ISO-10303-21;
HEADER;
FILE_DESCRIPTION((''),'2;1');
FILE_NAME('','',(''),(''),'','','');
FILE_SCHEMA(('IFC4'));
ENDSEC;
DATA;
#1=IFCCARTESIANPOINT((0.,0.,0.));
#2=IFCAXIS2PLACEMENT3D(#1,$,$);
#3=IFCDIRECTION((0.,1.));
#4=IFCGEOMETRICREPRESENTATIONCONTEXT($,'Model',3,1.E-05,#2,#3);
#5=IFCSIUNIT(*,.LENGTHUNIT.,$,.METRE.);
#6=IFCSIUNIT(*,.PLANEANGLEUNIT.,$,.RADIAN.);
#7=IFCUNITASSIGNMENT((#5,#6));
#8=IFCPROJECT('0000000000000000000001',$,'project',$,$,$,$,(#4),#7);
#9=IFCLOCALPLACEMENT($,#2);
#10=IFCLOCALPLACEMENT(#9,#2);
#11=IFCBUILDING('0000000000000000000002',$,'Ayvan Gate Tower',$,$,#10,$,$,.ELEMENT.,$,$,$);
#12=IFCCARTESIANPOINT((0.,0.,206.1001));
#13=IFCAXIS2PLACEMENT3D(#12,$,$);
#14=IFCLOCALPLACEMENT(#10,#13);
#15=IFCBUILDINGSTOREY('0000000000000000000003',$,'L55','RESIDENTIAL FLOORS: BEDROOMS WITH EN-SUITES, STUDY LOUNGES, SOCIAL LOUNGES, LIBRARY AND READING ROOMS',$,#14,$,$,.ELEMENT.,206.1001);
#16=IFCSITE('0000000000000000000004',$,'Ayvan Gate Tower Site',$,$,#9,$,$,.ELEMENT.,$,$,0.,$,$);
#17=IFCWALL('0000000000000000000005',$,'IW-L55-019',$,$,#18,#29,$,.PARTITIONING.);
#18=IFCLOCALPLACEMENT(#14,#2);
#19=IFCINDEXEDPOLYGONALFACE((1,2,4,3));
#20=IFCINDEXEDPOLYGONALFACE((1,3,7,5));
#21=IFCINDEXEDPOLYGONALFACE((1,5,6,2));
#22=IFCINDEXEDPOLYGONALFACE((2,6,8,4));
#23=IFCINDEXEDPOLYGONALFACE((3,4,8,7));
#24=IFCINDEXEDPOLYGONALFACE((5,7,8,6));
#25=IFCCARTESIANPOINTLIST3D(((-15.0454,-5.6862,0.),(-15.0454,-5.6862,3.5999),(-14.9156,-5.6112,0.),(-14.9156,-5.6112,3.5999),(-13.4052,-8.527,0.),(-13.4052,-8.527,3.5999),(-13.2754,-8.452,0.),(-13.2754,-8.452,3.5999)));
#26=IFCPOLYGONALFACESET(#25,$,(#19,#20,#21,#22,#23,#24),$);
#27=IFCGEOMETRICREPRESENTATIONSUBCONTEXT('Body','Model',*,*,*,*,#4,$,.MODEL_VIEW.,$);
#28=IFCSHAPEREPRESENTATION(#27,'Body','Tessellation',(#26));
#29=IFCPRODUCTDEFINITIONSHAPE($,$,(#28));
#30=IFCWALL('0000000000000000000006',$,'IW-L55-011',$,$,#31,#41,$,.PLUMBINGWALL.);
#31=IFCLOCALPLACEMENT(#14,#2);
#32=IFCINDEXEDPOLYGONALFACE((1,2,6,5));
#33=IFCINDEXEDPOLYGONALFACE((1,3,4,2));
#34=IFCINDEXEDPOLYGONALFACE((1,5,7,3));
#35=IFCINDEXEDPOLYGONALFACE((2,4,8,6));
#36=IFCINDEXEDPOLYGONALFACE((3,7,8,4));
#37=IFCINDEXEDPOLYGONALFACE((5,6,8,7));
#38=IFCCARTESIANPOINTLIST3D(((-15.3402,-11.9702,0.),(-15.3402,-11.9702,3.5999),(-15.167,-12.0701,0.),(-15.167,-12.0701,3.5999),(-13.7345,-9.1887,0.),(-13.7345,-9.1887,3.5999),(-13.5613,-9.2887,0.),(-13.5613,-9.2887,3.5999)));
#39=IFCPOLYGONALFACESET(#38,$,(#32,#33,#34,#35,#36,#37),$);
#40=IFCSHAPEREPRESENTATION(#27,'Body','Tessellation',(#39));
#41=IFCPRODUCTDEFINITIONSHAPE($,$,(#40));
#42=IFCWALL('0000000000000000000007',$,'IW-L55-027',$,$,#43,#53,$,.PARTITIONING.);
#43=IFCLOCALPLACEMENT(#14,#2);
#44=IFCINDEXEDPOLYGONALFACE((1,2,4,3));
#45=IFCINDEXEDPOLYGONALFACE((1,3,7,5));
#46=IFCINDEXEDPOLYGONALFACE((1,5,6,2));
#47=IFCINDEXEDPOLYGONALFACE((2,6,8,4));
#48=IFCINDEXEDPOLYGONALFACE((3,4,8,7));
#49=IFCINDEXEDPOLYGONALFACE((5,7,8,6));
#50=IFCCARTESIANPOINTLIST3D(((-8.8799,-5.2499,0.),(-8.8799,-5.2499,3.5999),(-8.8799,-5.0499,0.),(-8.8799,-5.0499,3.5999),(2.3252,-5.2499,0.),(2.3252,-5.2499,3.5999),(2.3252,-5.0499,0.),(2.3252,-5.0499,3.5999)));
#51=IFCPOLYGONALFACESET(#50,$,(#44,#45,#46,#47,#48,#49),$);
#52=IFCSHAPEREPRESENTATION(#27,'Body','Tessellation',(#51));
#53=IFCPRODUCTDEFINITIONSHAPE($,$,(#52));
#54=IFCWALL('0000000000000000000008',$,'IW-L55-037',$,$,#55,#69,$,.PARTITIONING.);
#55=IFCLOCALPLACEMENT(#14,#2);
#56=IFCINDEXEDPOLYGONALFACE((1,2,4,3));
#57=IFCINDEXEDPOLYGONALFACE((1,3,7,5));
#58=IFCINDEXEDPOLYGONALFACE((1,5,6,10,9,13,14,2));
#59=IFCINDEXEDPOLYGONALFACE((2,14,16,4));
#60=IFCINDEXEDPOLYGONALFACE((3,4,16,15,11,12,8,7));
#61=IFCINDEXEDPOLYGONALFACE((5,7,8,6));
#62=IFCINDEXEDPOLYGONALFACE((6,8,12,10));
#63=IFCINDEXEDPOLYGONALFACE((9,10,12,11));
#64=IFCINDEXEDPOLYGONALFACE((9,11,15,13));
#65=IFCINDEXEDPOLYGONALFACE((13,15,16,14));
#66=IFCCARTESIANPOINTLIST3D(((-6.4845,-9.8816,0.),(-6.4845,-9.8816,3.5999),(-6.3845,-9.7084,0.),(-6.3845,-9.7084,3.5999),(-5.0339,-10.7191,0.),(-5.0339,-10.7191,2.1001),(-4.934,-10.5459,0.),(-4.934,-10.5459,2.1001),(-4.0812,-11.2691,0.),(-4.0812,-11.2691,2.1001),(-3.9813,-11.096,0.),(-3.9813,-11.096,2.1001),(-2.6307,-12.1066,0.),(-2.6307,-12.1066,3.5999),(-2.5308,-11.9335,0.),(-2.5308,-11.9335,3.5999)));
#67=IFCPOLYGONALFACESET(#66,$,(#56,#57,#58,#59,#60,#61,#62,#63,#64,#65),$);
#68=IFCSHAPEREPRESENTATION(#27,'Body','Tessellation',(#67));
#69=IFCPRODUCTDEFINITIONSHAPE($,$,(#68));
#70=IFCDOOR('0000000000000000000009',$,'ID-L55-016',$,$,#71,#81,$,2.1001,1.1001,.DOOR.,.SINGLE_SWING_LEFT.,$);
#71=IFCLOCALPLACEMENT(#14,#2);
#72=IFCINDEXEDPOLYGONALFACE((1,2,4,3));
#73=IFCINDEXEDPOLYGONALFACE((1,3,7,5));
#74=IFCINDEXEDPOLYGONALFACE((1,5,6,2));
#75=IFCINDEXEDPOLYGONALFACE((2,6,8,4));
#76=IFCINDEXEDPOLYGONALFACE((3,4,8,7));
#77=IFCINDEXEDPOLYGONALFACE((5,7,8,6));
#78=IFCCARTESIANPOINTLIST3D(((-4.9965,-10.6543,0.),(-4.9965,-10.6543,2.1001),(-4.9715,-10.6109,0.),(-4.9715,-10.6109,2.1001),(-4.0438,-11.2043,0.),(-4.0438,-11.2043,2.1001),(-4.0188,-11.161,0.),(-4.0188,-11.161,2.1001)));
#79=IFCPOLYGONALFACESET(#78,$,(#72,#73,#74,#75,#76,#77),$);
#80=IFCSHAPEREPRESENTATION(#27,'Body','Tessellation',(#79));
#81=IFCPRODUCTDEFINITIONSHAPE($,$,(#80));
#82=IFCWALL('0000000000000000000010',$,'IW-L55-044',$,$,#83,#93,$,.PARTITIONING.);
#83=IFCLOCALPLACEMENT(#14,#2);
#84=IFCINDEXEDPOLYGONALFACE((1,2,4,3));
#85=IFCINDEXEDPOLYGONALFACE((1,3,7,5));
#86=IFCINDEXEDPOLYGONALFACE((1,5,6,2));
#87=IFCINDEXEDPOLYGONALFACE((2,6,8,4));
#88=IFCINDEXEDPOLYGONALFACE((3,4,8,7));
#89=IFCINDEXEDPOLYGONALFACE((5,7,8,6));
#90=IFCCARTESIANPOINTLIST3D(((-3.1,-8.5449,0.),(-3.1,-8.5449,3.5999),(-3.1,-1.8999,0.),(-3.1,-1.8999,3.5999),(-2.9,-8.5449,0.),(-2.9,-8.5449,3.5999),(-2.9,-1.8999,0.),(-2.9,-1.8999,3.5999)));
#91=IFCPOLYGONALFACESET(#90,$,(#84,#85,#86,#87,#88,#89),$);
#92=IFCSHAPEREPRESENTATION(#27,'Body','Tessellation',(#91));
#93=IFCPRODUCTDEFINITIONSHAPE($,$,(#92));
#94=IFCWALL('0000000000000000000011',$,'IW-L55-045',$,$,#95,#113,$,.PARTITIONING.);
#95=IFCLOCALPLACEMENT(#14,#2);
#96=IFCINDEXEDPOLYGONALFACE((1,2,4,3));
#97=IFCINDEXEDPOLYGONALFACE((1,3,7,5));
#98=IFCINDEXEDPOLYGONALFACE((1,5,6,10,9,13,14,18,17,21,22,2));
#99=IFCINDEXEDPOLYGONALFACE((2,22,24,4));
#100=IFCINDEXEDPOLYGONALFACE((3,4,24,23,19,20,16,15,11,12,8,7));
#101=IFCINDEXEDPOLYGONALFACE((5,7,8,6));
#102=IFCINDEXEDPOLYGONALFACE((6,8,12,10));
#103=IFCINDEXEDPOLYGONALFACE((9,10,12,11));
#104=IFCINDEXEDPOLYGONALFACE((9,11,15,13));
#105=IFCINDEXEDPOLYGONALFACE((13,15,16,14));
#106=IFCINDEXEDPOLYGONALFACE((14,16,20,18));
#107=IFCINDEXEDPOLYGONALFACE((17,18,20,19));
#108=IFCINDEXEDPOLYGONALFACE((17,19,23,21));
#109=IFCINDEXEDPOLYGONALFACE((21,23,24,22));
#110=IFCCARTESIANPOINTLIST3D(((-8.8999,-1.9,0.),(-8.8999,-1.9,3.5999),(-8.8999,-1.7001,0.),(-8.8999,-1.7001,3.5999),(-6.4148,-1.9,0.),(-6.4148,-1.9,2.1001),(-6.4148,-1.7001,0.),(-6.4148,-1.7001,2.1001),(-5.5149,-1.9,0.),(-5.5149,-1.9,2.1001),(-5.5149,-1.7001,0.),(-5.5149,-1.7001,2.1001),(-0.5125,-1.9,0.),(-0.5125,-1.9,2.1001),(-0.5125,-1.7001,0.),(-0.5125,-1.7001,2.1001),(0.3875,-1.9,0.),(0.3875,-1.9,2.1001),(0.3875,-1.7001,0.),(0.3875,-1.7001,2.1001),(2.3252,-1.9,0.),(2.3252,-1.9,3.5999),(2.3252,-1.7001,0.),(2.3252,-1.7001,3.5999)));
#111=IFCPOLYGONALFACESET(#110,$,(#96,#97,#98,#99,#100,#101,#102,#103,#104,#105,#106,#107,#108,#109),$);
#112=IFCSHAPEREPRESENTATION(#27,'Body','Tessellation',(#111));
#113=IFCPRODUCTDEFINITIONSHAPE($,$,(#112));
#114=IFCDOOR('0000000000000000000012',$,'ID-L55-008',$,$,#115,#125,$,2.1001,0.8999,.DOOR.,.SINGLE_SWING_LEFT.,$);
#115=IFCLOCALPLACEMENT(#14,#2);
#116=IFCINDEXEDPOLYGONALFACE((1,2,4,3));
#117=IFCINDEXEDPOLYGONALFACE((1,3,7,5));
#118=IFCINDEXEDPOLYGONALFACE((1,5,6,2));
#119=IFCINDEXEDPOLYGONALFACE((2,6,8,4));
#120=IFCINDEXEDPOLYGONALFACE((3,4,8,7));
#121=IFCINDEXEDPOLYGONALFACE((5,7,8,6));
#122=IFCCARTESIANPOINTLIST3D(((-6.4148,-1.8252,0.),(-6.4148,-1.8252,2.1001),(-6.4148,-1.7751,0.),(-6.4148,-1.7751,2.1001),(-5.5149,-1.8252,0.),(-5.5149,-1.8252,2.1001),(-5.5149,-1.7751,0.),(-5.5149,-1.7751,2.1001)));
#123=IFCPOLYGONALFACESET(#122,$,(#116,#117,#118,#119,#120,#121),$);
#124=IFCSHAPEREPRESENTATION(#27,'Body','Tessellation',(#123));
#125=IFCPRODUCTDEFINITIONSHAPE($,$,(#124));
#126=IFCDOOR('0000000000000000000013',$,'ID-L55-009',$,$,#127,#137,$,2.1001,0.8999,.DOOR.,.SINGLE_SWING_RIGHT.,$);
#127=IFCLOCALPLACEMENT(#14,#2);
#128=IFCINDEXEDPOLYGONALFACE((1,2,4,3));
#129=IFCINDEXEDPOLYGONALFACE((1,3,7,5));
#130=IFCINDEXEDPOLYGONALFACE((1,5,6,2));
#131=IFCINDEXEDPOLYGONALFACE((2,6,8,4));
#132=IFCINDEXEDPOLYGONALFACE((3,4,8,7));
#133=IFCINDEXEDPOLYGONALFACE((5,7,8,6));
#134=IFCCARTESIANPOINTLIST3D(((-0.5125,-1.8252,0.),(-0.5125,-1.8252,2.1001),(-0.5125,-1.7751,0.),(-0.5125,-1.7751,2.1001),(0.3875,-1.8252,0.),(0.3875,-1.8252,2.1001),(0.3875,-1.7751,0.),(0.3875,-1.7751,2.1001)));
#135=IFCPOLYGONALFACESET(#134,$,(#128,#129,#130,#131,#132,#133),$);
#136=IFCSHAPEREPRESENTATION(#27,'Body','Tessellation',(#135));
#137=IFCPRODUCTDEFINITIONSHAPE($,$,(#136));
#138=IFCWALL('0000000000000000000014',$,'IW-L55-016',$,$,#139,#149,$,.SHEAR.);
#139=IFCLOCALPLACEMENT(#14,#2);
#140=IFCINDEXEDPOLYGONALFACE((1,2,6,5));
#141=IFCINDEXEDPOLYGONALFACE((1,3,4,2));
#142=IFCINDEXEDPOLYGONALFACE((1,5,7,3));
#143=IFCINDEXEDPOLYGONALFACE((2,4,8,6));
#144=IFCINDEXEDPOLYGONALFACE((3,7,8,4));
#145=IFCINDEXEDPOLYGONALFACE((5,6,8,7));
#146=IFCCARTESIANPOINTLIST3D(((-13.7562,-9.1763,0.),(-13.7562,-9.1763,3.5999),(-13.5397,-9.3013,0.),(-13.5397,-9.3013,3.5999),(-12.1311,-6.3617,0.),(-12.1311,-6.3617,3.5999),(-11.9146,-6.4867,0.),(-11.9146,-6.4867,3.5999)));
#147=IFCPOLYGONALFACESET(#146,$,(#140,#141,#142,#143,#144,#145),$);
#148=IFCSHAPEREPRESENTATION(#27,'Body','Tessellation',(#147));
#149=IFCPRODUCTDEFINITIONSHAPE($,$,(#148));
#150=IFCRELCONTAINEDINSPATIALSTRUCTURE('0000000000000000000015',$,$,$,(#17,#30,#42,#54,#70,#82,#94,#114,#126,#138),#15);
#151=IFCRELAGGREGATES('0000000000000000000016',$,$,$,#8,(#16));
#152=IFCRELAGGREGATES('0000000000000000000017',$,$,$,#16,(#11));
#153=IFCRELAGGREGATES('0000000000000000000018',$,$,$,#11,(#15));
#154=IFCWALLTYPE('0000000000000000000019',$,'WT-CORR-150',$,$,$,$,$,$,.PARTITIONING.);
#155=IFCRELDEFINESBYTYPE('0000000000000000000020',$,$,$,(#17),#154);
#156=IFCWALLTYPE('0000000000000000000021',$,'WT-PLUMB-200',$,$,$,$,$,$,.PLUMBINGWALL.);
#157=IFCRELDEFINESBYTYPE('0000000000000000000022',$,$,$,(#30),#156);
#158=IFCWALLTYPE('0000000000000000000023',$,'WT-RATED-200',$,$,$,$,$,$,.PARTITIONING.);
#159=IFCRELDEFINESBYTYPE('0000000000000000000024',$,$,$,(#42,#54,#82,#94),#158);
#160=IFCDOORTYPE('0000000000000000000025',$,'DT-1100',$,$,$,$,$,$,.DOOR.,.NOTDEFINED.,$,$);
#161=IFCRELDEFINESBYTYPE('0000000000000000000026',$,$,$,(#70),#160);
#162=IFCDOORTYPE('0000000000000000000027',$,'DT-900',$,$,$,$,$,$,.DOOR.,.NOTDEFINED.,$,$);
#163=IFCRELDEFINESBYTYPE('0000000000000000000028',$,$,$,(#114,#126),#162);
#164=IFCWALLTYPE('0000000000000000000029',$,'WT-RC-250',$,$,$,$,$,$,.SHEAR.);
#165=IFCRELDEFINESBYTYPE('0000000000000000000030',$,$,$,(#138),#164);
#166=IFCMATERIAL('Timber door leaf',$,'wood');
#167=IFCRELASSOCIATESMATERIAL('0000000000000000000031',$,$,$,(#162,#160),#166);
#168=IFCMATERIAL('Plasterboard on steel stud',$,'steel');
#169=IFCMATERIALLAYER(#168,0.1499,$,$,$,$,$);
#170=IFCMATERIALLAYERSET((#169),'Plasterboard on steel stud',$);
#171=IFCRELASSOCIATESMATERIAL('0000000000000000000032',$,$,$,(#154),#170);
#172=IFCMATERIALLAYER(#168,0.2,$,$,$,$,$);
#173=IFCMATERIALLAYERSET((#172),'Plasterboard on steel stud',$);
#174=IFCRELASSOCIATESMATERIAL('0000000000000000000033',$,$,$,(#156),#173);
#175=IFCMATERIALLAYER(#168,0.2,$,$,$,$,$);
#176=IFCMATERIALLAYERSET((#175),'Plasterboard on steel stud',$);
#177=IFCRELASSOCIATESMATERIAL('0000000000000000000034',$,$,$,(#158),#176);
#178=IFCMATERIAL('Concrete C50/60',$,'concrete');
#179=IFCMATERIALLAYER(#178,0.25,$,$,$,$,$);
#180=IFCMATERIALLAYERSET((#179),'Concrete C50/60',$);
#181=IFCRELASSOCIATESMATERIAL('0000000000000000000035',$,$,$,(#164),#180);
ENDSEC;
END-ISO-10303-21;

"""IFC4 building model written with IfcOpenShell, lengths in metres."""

from ifc_helpers import new_model, si_unit, direction, frame, frame_2d, origin, place, context, subcontext, project, spatial, rectangle, extrude, material, layer, layer_set, type_object, element, fill, save


model = new_model("IFC4")

# Units and contexts
model_context = context("Model", 3, precision=1e-05, world=origin(), true_north=direction((0.0, 1.0)))
body_context = subcontext(model_context, "Body", "Model", "MODEL_VIEW")
ifc_project = project(units=[si_unit("LENGTHUNIT", "METRE"), si_unit("PLANEANGLEUNIT", "RADIAN")], contexts=[model_context])

# Site, building, storey
site_placement = place(None, origin())
site = spatial("IfcSite", under=ifc_project, at=site_placement, Name="Ayvan Gate Tower Site", CompositionType="ELEMENT", RefElevation=0.0)
building_placement = place(site_placement, origin())
building = spatial("IfcBuilding", under=site, at=building_placement, Name="Ayvan Gate Tower", CompositionType="ELEMENT")
storey_placement = place(building_placement, frame((0.0, 0.0, 206.1001)))
storey = spatial("IfcBuildingStorey", under=building, at=storey_placement, Name="L55", Description="RESIDENTIAL FLOORS: BEDROOMS WITH EN-SUITES, STUDY LOUNGES, SOCIAL LOUNGES, LIBRARY AND READING ROOMS", CompositionType="ELEMENT", Elevation=206.1001)

# Shared definitions
ifc_material_1 = material(Name="Timber door leaf", Category="wood")
door_type_1 = type_object("IfcDoorType", Name="DT-900", OperationType="NOTDEFINED", PredefinedType="DOOR", material=ifc_material_1)

# Walls
ifc_material_2 = material(Name="Plasterboard on steel stud", Category="steel")
ifc_layer_1 = layer(ifc_material_2, 0.1499)
ifc_layer_set_1 = layer_set([ifc_layer_1], Name="Plasterboard on steel stud")
wall_type_1 = type_object("IfcWallType", Name="WT-CORR-150", PredefinedType="PARTITIONING", material=ifc_layer_set_1)
wall_1_placement = place(storey_placement, frame((-13.3403, -8.4895, 0.0), z_axis=(0.0, 0.0, 1.0), x_axis=(-0.499997, 0.866027, 0.0)))
element("IfcWall", 1, at=wall_1_placement, inside=storey, type_object=wall_type_1, Name="IW-L55-019", PredefinedType="PARTITIONING", context=body_context, shape_type="SweptSolid", body=[
    extrude(rectangle(XDim=3.2803, YDim=0.1499, at=frame_2d((1.6401, 0.0))), origin(), (0.0, 0.0, 1.0), 3.5999),
])
ifc_layer_2 = layer(ifc_material_2, 0.2)
ifc_layer_set_2 = layer_set([ifc_layer_2], Name="Plasterboard on steel stud")
wall_type_2 = type_object("IfcWallType", Name="WT-PLUMB-200", PredefinedType="PLUMBINGWALL", material=ifc_layer_set_2)
wall_2_placement = place(storey_placement, frame((-15.2537, -12.0203, 0.0), z_axis=(0.0, 0.0, 1.0), x_axis=(0.499957, 0.86605, 0.0)))
element("IfcWall", 2, at=wall_2_placement, inside=storey, type_object=wall_type_2, Name="IW-L55-011", PredefinedType="PLUMBINGWALL", context=body_context, shape_type="SweptSolid", body=[
    extrude(rectangle(XDim=3.2117, YDim=0.2, at=frame_2d((1.606, 0.0))), origin(), (0.0, 0.0, 1.0), 3.5999),
])
ifc_layer_3 = layer(ifc_material_2, 0.2)
ifc_layer_set_3 = layer_set([ifc_layer_3], Name="Plasterboard on steel stud")
wall_type_3 = type_object("IfcWallType", Name="WT-RATED-200", PredefinedType="PARTITIONING", material=ifc_layer_set_3)
wall_3_placement = place(storey_placement, frame((-8.8799, -5.1499, 0.0), z_axis=(0.0, 0.0, 1.0), x_axis=(1.0, 0.0, 0.0)))
element("IfcWall", 3, at=wall_3_placement, inside=storey, type_object=wall_type_3, Name="IW-L55-027", PredefinedType="PARTITIONING", context=body_context, shape_type="SweptSolid", body=[
    extrude(rectangle(XDim=11.2051, YDim=0.2, at=frame_2d((5.6025, 0.0))), origin(), (0.0, 0.0, 1.0), 3.5999),
])

# Wall, opening, door
wall_4_placement = place(storey_placement, frame((-6.4346, -9.7949, 0.0), z_axis=(0.0, 0.0, 1.0), x_axis=(0.866013, -0.500022, 0.0)))
wall_4 = element("IfcWall", 4, at=wall_4_placement, inside=storey, type_object=wall_type_3, Name="IW-L55-037", PredefinedType="PARTITIONING", context=body_context, shape_type="SweptSolid", body=[
    extrude(rectangle(XDim=4.45, YDim=0.2, at=frame_2d((2.2251, 0.0))), origin(), (0.0, 0.0, 1.0), 3.5999),
])
opening_1_placement = place(wall_4_placement, frame((1.675, 0.0, 0.0)))
opening_1 = element("IfcOpeningElement", 5, at=opening_1_placement, cuts=wall_4, PredefinedType="OPENING", context=body_context, shape_type="SweptSolid", body=[
    extrude(rectangle(XDim=1.1001, YDim=2.1001, at=frame_2d((0.55, 1.05))), frame((0.0, 0.1099, 0.0), z_axis=(0.0, -1.0, 0.0), x_axis=(1.0, 0.0, 0.0)), (0.0, 0.0, 1.0), 0.22),
])
door_type_2 = type_object("IfcDoorType", Name="DT-1100", OperationType="NOTDEFINED", PredefinedType="DOOR", material=ifc_material_1)
door_1_placement = place(opening_1_placement, origin())
door_1 = element("IfcDoor", 6, at=door_1_placement, inside=storey, type_object=door_type_2, Name="ID-L55-016", OperationType="SINGLE_SWING_LEFT", OverallHeight=2.1001, OverallWidth=1.1001, PredefinedType="DOOR", context=body_context, shape_type="SweptSolid", body=[
    extrude(rectangle(XDim=1.1001, YDim=2.1001, at=frame_2d((0.55, 1.05))), frame((0.0, 0.0249, 0.0), z_axis=(0.0, -1.0, 0.0), x_axis=(1.0, 0.0, 0.0)), (0.0, 0.0, 1.0), 0.05),
])
fill(opening_1, door_1)

# Wall
wall_5_placement = place(storey_placement, frame((-3.0, -8.5449, 0.0), z_axis=(0.0, 0.0, 1.0), x_axis=(0.0, 1.0, 0.0)))
element("IfcWall", 7, at=wall_5_placement, inside=storey, type_object=wall_type_3, Name="IW-L55-044", PredefinedType="PARTITIONING", context=body_context, shape_type="SweptSolid", body=[
    extrude(rectangle(XDim=6.645, YDim=0.2, at=frame_2d((3.3225, 0.0))), origin(), (0.0, 0.0, 1.0), 3.5999),
])

# Wall, openings, doors
wall_6_placement = place(storey_placement, frame((-8.8999, -1.8, 0.0), z_axis=(0.0, 0.0, 1.0), x_axis=(1.0, 0.0, 0.0)))
wall_6 = element("IfcWall", 8, at=wall_6_placement, inside=storey, type_object=wall_type_3, Name="IW-L55-045", PredefinedType="PARTITIONING", context=body_context, shape_type="SweptSolid", body=[
    extrude(rectangle(XDim=11.2251, YDim=0.2, at=frame_2d((5.6125, 0.0))), origin(), (0.0, 0.0, 1.0), 3.5999),
])
opening_2_placement = place(wall_6_placement, frame((2.4851, 0.0, 0.0)))
opening_2 = element("IfcOpeningElement", 9, at=opening_2_placement, cuts=wall_6, PredefinedType="OPENING", context=body_context, shape_type="SweptSolid", body=[
    extrude(rectangle(XDim=0.8999, YDim=2.1001, at=frame_2d((0.45, 1.05))), frame((0.0, 0.1099, 0.0), z_axis=(0.0, -1.0, 0.0), x_axis=(1.0, 0.0, 0.0)), (0.0, 0.0, 1.0), 0.22),
])
opening_3_placement = place(wall_6_placement, frame((8.3875, 0.0, 0.0)))
opening_3 = element("IfcOpeningElement", 10, at=opening_3_placement, cuts=wall_6, PredefinedType="OPENING", context=body_context, shape_type="SweptSolid", body=[
    extrude(rectangle(XDim=0.8999, YDim=2.1001, at=frame_2d((0.45, 1.05))), frame((0.0, 0.1099, 0.0), z_axis=(0.0, -1.0, 0.0), x_axis=(1.0, 0.0, 0.0)), (0.0, 0.0, 1.0), 0.22),
])
door_2_placement = place(opening_2_placement, origin())
door_2 = element("IfcDoor", 11, at=door_2_placement, inside=storey, type_object=door_type_1, Name="ID-L55-008", OperationType="SINGLE_SWING_LEFT", OverallHeight=2.1001, OverallWidth=0.8999, PredefinedType="DOOR", context=body_context, shape_type="SweptSolid", body=[
    extrude(rectangle(XDim=0.8999, YDim=2.1001, at=frame_2d((0.45, 1.05))), frame((0.0, 0.0249, 0.0), z_axis=(0.0, -1.0, 0.0), x_axis=(1.0, 0.0, 0.0)), (0.0, 0.0, 1.0), 0.05),
])
fill(opening_2, door_2)
door_3_placement = place(opening_3_placement, origin())
door_3 = element("IfcDoor", 12, at=door_3_placement, inside=storey, type_object=door_type_1, Name="ID-L55-009", OperationType="SINGLE_SWING_RIGHT", OverallHeight=2.1001, OverallWidth=0.8999, PredefinedType="DOOR", context=body_context, shape_type="SweptSolid", body=[
    extrude(rectangle(XDim=0.8999, YDim=2.1001, at=frame_2d((0.45, 1.05))), frame((0.0, 0.0249, 0.0), z_axis=(0.0, -1.0, 0.0), x_axis=(1.0, 0.0, 0.0)), (0.0, 0.0, 1.0), 0.05),
])
fill(opening_3, door_3)

# Wall
ifc_material_3 = material(Name="Concrete C50/60", Category="concrete")
ifc_layer_4 = layer(ifc_material_3, 0.25)
ifc_layer_set_4 = layer_set([ifc_layer_4], Name="Concrete C50/60")
wall_type_4 = type_object("IfcWallType", Name="WT-RC-250", PredefinedType="SHEAR", material=ifc_layer_set_4)
wall_7_placement = place(storey_placement, frame((-13.6479, -9.2388, 0.0), z_axis=(0.0, 0.0, 1.0), x_axis=(0.500017, 0.866015, 0.0)))
element("IfcWall", 13, at=wall_7_placement, inside=storey, type_object=wall_type_4, Name="IW-L55-016", PredefinedType="SHEAR", context=body_context, shape_type="SweptSolid", body=[
    extrude(rectangle(XDim=3.25, YDim=0.25, at=frame_2d((1.625, 0.0))), origin(), (0.0, 0.0, 1.0), 3.5999),
])

save(model, "model.ifc")
